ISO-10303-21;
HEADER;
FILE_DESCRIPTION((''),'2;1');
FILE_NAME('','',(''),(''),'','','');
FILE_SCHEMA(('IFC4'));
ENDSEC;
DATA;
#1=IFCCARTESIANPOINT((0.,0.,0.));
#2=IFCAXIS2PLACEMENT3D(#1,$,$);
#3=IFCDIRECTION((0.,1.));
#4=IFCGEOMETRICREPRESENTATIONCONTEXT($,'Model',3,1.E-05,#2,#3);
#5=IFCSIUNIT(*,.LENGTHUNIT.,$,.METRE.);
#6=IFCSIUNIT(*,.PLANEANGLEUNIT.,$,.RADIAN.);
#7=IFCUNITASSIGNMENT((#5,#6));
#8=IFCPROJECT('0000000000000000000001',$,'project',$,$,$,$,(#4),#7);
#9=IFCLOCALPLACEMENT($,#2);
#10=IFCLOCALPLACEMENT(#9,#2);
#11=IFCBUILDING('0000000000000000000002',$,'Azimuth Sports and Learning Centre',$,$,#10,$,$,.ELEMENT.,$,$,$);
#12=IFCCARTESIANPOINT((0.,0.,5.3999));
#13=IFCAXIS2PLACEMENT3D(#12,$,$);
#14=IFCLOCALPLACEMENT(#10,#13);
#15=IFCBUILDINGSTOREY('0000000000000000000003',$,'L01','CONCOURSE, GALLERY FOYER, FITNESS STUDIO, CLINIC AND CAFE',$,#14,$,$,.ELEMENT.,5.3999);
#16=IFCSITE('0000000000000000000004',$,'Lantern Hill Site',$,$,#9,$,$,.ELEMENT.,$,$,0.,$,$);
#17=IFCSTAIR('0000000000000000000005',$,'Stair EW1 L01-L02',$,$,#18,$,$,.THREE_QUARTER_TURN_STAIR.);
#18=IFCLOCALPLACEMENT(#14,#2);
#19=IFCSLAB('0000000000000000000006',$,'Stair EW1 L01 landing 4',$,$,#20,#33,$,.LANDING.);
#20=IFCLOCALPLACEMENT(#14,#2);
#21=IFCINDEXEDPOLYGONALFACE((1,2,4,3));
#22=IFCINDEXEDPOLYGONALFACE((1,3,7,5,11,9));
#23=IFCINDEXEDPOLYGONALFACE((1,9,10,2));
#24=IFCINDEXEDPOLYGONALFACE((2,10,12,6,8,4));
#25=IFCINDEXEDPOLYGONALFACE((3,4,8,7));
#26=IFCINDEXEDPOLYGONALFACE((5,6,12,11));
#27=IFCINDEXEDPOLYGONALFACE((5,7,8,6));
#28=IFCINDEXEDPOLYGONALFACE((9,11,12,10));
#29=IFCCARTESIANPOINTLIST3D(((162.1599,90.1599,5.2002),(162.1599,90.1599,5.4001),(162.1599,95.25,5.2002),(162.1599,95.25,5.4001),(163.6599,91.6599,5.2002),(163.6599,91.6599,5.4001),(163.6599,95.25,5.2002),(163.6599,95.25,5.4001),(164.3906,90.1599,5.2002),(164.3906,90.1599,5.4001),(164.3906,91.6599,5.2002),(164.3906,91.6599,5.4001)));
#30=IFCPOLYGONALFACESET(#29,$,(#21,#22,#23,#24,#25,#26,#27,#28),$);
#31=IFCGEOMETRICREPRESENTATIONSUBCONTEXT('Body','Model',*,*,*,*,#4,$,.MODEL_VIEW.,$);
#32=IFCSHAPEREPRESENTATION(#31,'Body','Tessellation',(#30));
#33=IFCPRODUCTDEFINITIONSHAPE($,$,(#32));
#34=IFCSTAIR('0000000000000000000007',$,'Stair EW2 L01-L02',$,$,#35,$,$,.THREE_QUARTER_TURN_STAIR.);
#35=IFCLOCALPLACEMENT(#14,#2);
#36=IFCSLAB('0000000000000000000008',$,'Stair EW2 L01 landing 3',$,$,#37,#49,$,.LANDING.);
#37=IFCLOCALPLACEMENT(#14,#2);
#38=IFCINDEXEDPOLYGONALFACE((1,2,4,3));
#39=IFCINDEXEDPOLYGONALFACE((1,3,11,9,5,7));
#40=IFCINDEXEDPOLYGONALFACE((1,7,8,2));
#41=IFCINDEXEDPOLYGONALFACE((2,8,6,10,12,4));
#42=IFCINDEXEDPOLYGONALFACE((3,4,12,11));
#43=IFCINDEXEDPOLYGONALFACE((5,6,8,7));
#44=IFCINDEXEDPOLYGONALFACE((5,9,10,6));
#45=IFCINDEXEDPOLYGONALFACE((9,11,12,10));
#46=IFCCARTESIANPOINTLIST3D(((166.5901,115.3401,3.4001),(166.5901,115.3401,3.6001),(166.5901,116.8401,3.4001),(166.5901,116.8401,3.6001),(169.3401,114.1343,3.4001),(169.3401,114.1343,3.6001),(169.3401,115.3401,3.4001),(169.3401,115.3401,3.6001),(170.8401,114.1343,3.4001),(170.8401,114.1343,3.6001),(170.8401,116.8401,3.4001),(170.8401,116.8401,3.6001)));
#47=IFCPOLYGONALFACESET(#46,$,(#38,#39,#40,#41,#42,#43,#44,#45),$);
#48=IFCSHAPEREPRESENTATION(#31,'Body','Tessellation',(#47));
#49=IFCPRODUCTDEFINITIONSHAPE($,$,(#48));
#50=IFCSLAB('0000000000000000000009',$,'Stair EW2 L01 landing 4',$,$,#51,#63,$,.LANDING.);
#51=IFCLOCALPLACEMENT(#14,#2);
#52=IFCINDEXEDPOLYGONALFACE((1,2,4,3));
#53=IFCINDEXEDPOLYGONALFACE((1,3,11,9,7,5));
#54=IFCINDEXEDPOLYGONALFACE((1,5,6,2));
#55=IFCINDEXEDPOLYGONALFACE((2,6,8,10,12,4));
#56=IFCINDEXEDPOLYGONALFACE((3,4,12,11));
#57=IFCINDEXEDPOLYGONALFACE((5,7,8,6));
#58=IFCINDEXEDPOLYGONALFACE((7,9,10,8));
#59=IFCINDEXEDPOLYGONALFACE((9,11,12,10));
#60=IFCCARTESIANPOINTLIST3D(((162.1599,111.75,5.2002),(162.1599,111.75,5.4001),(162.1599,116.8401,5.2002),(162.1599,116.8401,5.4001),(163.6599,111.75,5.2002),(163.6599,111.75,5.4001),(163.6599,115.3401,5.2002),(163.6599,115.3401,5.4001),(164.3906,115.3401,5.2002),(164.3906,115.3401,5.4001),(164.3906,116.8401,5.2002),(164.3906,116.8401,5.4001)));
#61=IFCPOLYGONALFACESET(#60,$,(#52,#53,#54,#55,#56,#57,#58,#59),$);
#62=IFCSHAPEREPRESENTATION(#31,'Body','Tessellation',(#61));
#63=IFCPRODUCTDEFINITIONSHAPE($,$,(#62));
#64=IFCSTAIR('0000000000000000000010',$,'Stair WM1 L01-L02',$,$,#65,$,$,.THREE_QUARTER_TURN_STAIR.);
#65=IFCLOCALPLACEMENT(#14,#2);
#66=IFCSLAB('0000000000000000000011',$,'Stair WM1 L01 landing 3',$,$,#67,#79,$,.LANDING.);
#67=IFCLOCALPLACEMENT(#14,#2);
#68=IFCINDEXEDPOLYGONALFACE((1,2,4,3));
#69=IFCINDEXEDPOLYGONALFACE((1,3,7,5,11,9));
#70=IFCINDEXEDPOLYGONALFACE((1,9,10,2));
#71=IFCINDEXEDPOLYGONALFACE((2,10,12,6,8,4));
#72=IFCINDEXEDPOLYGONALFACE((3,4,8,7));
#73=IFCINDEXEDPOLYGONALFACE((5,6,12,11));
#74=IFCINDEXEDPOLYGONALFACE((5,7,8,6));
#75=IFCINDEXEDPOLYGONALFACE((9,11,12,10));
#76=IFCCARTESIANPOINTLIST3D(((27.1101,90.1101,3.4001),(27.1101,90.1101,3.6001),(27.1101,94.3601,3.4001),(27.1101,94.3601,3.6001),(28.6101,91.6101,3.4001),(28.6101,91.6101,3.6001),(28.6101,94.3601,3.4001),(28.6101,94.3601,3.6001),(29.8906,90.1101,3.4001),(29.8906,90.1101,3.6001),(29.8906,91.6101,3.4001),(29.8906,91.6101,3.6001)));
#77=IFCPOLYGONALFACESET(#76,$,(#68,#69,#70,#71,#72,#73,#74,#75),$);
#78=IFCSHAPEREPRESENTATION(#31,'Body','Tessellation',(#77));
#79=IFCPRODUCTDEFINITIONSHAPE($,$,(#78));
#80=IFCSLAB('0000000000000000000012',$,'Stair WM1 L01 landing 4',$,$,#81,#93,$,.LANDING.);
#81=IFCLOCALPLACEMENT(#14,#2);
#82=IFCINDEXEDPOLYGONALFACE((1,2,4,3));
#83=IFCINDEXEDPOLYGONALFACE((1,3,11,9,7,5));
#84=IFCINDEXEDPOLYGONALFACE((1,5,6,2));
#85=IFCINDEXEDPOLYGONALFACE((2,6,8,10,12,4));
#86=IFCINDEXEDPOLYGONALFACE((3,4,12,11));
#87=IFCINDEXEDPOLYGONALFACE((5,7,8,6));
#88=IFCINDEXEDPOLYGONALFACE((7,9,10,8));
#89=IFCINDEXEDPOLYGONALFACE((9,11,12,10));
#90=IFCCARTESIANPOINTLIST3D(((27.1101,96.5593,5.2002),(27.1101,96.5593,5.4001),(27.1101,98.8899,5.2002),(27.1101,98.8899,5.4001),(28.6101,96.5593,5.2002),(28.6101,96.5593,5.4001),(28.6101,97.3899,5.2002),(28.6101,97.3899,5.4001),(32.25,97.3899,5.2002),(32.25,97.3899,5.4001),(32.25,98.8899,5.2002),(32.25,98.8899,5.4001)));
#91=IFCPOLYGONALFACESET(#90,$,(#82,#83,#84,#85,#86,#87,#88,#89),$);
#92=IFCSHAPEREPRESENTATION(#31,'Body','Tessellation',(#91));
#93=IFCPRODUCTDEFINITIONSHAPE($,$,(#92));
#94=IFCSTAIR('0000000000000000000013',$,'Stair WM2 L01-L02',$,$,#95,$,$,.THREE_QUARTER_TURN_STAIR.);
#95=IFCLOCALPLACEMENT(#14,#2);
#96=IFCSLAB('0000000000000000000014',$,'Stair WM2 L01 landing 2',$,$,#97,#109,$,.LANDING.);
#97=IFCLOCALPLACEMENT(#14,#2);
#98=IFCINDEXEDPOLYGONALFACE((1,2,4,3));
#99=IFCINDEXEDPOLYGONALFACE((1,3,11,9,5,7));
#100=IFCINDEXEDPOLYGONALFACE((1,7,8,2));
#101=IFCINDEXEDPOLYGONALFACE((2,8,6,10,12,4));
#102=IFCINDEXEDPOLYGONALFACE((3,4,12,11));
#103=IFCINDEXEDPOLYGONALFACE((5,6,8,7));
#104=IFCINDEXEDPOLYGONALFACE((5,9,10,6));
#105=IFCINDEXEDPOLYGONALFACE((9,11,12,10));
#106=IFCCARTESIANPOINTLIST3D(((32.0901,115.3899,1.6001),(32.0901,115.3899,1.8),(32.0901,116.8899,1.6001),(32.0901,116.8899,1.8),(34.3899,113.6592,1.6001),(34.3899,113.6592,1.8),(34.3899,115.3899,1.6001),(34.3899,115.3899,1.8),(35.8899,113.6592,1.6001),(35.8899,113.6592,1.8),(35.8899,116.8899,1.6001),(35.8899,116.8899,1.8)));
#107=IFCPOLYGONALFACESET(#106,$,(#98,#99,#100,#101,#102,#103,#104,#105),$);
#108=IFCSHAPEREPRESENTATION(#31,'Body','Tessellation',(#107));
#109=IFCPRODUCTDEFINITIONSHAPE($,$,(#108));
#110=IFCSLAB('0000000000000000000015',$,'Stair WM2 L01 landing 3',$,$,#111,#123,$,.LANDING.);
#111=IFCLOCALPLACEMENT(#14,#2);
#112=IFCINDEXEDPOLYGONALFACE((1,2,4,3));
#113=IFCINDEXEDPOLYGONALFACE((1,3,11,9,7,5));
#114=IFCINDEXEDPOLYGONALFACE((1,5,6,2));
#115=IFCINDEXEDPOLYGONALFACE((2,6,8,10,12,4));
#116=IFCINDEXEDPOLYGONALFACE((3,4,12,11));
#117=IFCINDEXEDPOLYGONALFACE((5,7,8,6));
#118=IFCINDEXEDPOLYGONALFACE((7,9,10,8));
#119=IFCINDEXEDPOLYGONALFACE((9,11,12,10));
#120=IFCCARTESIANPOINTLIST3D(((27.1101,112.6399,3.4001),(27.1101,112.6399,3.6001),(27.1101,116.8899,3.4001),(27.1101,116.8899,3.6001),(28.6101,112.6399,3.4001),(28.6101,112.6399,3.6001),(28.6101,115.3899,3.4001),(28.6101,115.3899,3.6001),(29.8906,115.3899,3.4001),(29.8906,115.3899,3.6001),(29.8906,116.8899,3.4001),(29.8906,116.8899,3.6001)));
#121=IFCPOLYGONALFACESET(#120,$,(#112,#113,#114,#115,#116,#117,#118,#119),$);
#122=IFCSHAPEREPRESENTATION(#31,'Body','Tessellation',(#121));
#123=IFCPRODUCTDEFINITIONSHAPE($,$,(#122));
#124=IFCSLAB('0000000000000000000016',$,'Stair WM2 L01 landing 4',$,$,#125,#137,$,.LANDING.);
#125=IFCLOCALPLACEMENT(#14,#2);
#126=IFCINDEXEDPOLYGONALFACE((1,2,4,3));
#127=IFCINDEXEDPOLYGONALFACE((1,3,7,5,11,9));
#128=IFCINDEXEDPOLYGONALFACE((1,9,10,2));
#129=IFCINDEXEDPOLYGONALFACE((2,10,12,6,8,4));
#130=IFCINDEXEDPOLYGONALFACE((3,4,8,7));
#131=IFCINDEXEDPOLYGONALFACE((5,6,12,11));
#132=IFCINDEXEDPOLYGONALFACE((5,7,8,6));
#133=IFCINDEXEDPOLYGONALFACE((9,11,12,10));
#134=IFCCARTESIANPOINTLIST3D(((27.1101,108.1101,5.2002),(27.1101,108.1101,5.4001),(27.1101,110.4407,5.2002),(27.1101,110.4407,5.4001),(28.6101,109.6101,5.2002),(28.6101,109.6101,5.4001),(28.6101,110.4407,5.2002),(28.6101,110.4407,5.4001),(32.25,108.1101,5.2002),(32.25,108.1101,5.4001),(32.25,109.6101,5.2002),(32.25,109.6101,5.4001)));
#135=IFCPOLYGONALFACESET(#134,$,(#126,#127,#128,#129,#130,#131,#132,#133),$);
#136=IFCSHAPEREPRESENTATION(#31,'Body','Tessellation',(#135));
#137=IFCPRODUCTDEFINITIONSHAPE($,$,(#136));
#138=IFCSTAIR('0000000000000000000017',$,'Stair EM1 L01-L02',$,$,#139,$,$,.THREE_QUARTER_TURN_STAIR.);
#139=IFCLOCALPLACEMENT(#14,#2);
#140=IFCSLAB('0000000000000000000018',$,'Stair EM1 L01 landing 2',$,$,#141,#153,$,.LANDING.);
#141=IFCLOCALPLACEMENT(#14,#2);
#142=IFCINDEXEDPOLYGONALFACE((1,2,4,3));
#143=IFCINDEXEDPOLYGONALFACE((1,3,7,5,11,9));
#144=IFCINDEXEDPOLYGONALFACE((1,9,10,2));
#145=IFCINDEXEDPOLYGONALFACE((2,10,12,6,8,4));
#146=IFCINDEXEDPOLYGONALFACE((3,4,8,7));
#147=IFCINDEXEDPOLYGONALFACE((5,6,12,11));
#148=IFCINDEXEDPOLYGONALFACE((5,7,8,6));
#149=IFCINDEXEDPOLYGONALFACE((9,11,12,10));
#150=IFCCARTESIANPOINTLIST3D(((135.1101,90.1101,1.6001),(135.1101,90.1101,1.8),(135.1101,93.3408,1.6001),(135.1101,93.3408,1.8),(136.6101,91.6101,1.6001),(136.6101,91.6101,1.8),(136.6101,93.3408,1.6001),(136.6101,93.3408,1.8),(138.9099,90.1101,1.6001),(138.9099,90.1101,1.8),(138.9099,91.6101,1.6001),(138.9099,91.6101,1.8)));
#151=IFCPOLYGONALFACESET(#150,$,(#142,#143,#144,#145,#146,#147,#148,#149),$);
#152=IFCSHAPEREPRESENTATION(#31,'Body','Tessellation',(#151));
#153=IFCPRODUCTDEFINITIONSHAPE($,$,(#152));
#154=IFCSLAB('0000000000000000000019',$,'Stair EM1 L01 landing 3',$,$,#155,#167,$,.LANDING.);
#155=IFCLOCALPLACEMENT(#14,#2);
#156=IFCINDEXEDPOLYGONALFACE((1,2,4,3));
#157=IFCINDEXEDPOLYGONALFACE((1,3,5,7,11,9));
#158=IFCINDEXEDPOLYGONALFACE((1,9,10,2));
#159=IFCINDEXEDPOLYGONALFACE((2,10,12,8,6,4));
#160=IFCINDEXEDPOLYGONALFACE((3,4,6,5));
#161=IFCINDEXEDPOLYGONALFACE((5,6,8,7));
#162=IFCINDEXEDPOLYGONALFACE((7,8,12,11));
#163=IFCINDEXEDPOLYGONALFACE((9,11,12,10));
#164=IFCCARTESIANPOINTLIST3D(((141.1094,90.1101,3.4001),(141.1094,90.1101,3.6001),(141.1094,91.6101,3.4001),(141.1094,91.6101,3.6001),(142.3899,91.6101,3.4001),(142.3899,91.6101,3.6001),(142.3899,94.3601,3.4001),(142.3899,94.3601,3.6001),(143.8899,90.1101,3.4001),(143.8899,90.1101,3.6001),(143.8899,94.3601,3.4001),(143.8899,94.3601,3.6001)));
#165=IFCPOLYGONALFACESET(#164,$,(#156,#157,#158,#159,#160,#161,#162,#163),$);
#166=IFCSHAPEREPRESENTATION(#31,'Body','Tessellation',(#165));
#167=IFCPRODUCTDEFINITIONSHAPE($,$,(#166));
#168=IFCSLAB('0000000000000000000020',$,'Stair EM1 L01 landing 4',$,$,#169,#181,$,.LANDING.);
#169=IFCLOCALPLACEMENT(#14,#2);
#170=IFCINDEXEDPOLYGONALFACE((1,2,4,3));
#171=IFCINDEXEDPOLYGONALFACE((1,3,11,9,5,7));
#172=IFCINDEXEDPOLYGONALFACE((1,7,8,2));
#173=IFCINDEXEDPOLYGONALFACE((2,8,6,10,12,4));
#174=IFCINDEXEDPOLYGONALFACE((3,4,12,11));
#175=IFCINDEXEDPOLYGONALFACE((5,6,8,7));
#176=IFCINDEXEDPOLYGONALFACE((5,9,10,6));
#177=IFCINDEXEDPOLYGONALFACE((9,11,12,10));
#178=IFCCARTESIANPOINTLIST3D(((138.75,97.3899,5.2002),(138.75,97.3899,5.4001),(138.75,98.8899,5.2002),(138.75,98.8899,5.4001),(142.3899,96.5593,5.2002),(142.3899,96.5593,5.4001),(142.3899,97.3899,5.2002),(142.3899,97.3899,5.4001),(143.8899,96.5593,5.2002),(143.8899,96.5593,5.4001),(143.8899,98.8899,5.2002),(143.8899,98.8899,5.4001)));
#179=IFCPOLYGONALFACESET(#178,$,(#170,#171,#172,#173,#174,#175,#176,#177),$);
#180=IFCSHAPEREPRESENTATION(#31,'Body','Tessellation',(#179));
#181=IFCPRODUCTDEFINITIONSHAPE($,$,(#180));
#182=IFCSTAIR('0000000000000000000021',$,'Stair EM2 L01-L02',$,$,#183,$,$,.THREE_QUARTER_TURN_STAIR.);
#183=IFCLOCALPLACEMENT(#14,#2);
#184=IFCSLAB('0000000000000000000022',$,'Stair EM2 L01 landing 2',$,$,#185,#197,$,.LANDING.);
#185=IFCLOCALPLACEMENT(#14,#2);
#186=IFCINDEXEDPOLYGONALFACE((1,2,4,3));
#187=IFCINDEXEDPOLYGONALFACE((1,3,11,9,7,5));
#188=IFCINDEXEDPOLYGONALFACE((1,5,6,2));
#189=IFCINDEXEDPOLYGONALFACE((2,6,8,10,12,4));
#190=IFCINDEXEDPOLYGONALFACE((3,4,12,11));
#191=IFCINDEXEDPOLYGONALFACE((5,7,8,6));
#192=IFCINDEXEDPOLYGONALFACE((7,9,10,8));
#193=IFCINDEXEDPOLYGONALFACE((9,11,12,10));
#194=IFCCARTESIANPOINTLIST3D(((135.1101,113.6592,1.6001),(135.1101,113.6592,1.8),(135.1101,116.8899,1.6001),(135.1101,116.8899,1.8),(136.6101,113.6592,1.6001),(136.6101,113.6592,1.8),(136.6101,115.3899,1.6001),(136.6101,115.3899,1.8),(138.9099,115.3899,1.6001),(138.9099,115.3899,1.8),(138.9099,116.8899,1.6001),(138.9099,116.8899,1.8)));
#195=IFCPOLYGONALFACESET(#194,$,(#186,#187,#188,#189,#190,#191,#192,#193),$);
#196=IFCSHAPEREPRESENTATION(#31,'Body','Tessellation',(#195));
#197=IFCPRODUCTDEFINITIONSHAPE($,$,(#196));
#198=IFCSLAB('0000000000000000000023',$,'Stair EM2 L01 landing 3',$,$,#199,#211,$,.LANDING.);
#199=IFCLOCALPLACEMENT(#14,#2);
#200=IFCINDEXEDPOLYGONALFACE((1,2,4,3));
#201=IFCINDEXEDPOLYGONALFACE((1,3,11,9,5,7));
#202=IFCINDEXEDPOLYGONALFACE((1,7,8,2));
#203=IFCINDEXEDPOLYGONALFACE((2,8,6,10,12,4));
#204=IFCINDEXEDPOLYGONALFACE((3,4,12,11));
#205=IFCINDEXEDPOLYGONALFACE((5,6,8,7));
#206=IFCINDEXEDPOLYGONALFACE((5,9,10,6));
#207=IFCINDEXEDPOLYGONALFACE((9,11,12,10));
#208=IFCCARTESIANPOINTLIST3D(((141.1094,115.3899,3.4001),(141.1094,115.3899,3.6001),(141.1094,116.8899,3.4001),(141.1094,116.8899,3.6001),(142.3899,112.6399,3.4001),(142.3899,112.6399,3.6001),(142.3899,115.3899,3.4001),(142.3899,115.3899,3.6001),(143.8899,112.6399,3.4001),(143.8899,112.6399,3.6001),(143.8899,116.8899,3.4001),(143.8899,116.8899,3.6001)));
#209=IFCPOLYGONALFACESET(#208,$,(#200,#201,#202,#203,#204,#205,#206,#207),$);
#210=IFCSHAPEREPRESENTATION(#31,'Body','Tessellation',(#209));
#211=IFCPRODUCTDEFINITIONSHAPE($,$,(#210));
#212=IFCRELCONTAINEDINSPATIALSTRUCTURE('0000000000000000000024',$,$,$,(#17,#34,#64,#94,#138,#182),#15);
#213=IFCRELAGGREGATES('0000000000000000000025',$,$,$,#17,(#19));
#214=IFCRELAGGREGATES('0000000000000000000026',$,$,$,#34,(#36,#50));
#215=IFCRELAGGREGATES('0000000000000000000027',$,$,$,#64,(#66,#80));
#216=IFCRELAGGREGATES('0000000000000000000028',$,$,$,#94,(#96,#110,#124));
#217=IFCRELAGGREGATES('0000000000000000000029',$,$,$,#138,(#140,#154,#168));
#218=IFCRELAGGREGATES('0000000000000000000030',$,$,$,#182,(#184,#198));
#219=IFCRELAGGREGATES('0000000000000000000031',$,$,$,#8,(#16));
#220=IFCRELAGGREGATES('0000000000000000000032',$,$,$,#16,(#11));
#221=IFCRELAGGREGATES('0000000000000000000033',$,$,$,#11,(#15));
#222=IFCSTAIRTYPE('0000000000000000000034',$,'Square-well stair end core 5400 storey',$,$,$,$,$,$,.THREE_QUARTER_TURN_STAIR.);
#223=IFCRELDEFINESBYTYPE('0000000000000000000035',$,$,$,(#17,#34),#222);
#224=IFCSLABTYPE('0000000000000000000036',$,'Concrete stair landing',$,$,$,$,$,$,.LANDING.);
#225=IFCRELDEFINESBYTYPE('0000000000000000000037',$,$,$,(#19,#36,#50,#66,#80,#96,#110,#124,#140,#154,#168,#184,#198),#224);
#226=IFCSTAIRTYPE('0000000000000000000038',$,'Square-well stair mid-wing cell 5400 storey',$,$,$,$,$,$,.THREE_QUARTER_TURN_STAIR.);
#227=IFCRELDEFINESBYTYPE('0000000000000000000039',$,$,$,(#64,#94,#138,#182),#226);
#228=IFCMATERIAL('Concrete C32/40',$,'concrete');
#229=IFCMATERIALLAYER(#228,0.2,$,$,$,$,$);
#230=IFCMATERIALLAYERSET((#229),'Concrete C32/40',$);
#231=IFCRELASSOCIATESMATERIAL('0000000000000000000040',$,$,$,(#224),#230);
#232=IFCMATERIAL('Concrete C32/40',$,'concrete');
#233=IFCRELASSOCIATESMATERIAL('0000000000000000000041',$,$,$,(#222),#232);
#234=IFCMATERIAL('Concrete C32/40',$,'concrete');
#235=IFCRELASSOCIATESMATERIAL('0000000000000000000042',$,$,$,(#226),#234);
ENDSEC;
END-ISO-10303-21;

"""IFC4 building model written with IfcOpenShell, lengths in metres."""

from ifc_helpers import new_model, si_unit, direction, frame, origin, place, context, subcontext, project, spatial, polyline, outline, extrude, material, layer, layer_set, type_object, element, aggregate, save


model = new_model("IFC4")

# Units and contexts
model_context = context("Model", 3, precision=1e-05, world=origin(), true_north=direction((0.0, 1.0)))
body_context = subcontext(model_context, "Body", "Model", "MODEL_VIEW")
ifc_project = project(units=[si_unit("LENGTHUNIT", "METRE"), si_unit("PLANEANGLEUNIT", "RADIAN")], contexts=[model_context])

# Site, building, storey
site_placement = place(None, origin())
site = spatial("IfcSite", under=ifc_project, at=site_placement, Name="Lantern Hill Site", CompositionType="ELEMENT", RefElevation=0.0)
building_placement = place(site_placement, origin())
building = spatial("IfcBuilding", under=site, at=building_placement, Name="Azimuth Sports and Learning Centre", CompositionType="ELEMENT")
storey_placement = place(building_placement, frame((0.0, 0.0, 5.3999)))
storey = spatial("IfcBuildingStorey", under=building, at=storey_placement, Name="L01", Description="CONCOURSE, GALLERY FOYER, FITNESS STUDIO, CLINIC AND CAFE", CompositionType="ELEMENT", Elevation=5.3999)

# Stairs, slabs
ifc_material_1 = material(Name="Concrete C32/40", Category="concrete")
ifc_layer = layer(ifc_material_1, 0.2)
ifc_layer_set = layer_set([ifc_layer], Name="Concrete C32/40")
slab_type = type_object("IfcSlabType", Name="Concrete stair landing", PredefinedType="LANDING", material=ifc_layer_set)
ifc_material_2 = material(Name="Concrete C32/40", Category="concrete")
stair_type_1 = type_object("IfcStairType", Name="Square-well stair end core 5400 storey", PredefinedType="THREE_QUARTER_TURN_STAIR", material=ifc_material_2)
stair_1_placement = place(storey_placement, origin())
stair_1 = element("IfcStair", 1, at=stair_1_placement, inside=storey, type_object=stair_type_1, Name="Stair EW1 L01-L02", PredefinedType="THREE_QUARTER_TURN_STAIR")
slab_1_placement = place(storey_placement, frame((0.0, 0.0, 5.2002)))
slab_1 = element("IfcSlab", 2, at=slab_1_placement, type_object=slab_type, Name="Stair EW1 L01 landing 4", PredefinedType="LANDING", context=body_context, shape_type="SweptSolid", body=[
    extrude(outline(polyline([(163.6599, 91.6599), (163.6599, 95.25), (162.1599, 95.25), (162.1599, 90.1599), (164.3906, 90.1599), (164.3906, 91.6599), (163.6599, 91.6599)])), origin(), (0.0, 0.0, 1.0), 0.2),
])
aggregate(stair_1, [slab_1])
stair_2_placement = place(storey_placement, origin())
stair_2 = element("IfcStair", 3, at=stair_2_placement, inside=storey, type_object=stair_type_1, Name="Stair EW2 L01-L02", PredefinedType="THREE_QUARTER_TURN_STAIR")
slab_2_placement = place(storey_placement, frame((0.0, 0.0, 3.4001)))
slab_2 = element("IfcSlab", 4, at=slab_2_placement, type_object=slab_type, Name="Stair EW2 L01 landing 3", PredefinedType="LANDING", context=body_context, shape_type="SweptSolid", body=[
    extrude(outline(polyline([(169.3401, 115.3401), (169.3401, 114.1343), (170.8401, 114.1343), (170.8401, 116.8401), (166.5901, 116.8401), (166.5901, 115.3401), (169.3401, 115.3401)])), origin(), (0.0, 0.0, 1.0), 0.2),
])
slab_3_placement = place(storey_placement, frame((0.0, 0.0, 5.2002)))
slab_3 = element("IfcSlab", 5, at=slab_3_placement, type_object=slab_type, Name="Stair EW2 L01 landing 4", PredefinedType="LANDING", context=body_context, shape_type="SweptSolid", body=[
    extrude(outline(polyline([(163.6599, 115.3401), (164.3906, 115.3401), (164.3906, 116.8401), (162.1599, 116.8401), (162.1599, 111.75), (163.6599, 111.75), (163.6599, 115.3401)])), origin(), (0.0, 0.0, 1.0), 0.2),
])
aggregate(stair_2, [slab_2, slab_3])
ifc_material_3 = material(Name="Concrete C32/40", Category="concrete")
stair_type_2 = type_object("IfcStairType", Name="Square-well stair mid-wing cell 5400 storey", PredefinedType="THREE_QUARTER_TURN_STAIR", material=ifc_material_3)
stair_3_placement = place(storey_placement, origin())
stair_3 = element("IfcStair", 6, at=stair_3_placement, inside=storey, type_object=stair_type_2, Name="Stair WM1 L01-L02", PredefinedType="THREE_QUARTER_TURN_STAIR")
slab_4_placement = place(storey_placement, frame((0.0, 0.0, 3.4001)))
slab_4 = element("IfcSlab", 7, at=slab_4_placement, type_object=slab_type, Name="Stair WM1 L01 landing 3", PredefinedType="LANDING", context=body_context, shape_type="SweptSolid", body=[
    extrude(outline(polyline([(28.6101, 91.6101), (28.6101, 94.3601), (27.1101, 94.3601), (27.1101, 90.1101), (29.8906, 90.1101), (29.8906, 91.6101), (28.6101, 91.6101)])), origin(), (0.0, 0.0, 1.0), 0.2),
])
slab_5_placement = place(storey_placement, frame((0.0, 0.0, 5.2002)))
slab_5 = element("IfcSlab", 8, at=slab_5_placement, type_object=slab_type, Name="Stair WM1 L01 landing 4", PredefinedType="LANDING", context=body_context, shape_type="SweptSolid", body=[
    extrude(outline(polyline([(28.6101, 97.3899), (32.25, 97.3899), (32.25, 98.8899), (27.1101, 98.8899), (27.1101, 96.5593), (28.6101, 96.5593), (28.6101, 97.3899)])), origin(), (0.0, 0.0, 1.0), 0.2),
])
aggregate(stair_3, [slab_4, slab_5])
stair_4_placement = place(storey_placement, origin())
stair_4 = element("IfcStair", 9, at=stair_4_placement, inside=storey, type_object=stair_type_2, Name="Stair WM2 L01-L02", PredefinedType="THREE_QUARTER_TURN_STAIR")
slab_6_placement = place(storey_placement, frame((0.0, 0.0, 1.6001)))
slab_6 = element("IfcSlab", 10, at=slab_6_placement, type_object=slab_type, Name="Stair WM2 L01 landing 2", PredefinedType="LANDING", context=body_context, shape_type="SweptSolid", body=[
    extrude(outline(polyline([(34.3899, 115.3899), (34.3899, 113.6592), (35.8899, 113.6592), (35.8899, 116.8899), (32.0901, 116.8899), (32.0901, 115.3899), (34.3899, 115.3899)])), origin(), (0.0, 0.0, 1.0), 0.2),
])
slab_7_placement = place(storey_placement, frame((0.0, 0.0, 3.4001)))
slab_7 = element("IfcSlab", 11, at=slab_7_placement, type_object=slab_type, Name="Stair WM2 L01 landing 3", PredefinedType="LANDING", context=body_context, shape_type="SweptSolid", body=[
    extrude(outline(polyline([(28.6101, 115.3899), (29.8906, 115.3899), (29.8906, 116.8899), (27.1101, 116.8899), (27.1101, 112.6399), (28.6101, 112.6399), (28.6101, 115.3899)])), origin(), (0.0, 0.0, 1.0), 0.2),
])
slab_8_placement = place(storey_placement, frame((0.0, 0.0, 5.2002)))
slab_8 = element("IfcSlab", 12, at=slab_8_placement, type_object=slab_type, Name="Stair WM2 L01 landing 4", PredefinedType="LANDING", context=body_context, shape_type="SweptSolid", body=[
    extrude(outline(polyline([(28.6101, 109.6101), (28.6101, 110.4407), (27.1101, 110.4407), (27.1101, 108.1101), (32.25, 108.1101), (32.25, 109.6101), (28.6101, 109.6101)])), origin(), (0.0, 0.0, 1.0), 0.2),
])
aggregate(stair_4, [slab_6, slab_7, slab_8])
stair_5_placement = place(storey_placement, origin())
stair_5 = element("IfcStair", 13, at=stair_5_placement, inside=storey, type_object=stair_type_2, Name="Stair EM1 L01-L02", PredefinedType="THREE_QUARTER_TURN_STAIR")
slab_9_placement = place(storey_placement, frame((0.0, 0.0, 1.6001)))
slab_9 = element("IfcSlab", 14, at=slab_9_placement, type_object=slab_type, Name="Stair EM1 L01 landing 2", PredefinedType="LANDING", context=body_context, shape_type="SweptSolid", body=[
    extrude(outline(polyline([(136.6101, 91.6101), (136.6101, 93.3408), (135.1101, 93.3408), (135.1101, 90.1101), (138.9099, 90.1101), (138.9099, 91.6101), (136.6101, 91.6101)])), origin(), (0.0, 0.0, 1.0), 0.2),
])
slab_10_placement = place(storey_placement, frame((0.0, 0.0, 3.4001)))
slab_10 = element("IfcSlab", 15, at=slab_10_placement, type_object=slab_type, Name="Stair EM1 L01 landing 3", PredefinedType="LANDING", context=body_context, shape_type="SweptSolid", body=[
    extrude(outline(polyline([(142.3899, 91.6101), (141.1094, 91.6101), (141.1094, 90.1101), (143.8899, 90.1101), (143.8899, 94.3601), (142.3899, 94.3601), (142.3899, 91.6101)])), origin(), (0.0, 0.0, 1.0), 0.2),
])
slab_11_placement = place(storey_placement, frame((0.0, 0.0, 5.2002)))
slab_11 = element("IfcSlab", 16, at=slab_11_placement, type_object=slab_type, Name="Stair EM1 L01 landing 4", PredefinedType="LANDING", context=body_context, shape_type="SweptSolid", body=[
    extrude(outline(polyline([(142.3899, 97.3899), (142.3899, 96.5593), (143.8899, 96.5593), (143.8899, 98.8899), (138.75, 98.8899), (138.75, 97.3899), (142.3899, 97.3899)])), origin(), (0.0, 0.0, 1.0), 0.2),
])
aggregate(stair_5, [slab_9, slab_10, slab_11])
stair_6_placement = place(storey_placement, origin())
stair_6 = element("IfcStair", 17, at=stair_6_placement, inside=storey, type_object=stair_type_2, Name="Stair EM2 L01-L02", PredefinedType="THREE_QUARTER_TURN_STAIR")
slab_12_placement = place(storey_placement, frame((0.0, 0.0, 1.6001)))
slab_12 = element("IfcSlab", 18, at=slab_12_placement, type_object=slab_type, Name="Stair EM2 L01 landing 2", PredefinedType="LANDING", context=body_context, shape_type="SweptSolid", body=[
    extrude(outline(polyline([(136.6101, 115.3899), (138.9099, 115.3899), (138.9099, 116.8899), (135.1101, 116.8899), (135.1101, 113.6592), (136.6101, 113.6592), (136.6101, 115.3899)])), origin(), (0.0, 0.0, 1.0), 0.2),
])
slab_13_placement = place(storey_placement, frame((0.0, 0.0, 3.4001)))
slab_13 = element("IfcSlab", 19, at=slab_13_placement, type_object=slab_type, Name="Stair EM2 L01 landing 3", PredefinedType="LANDING", context=body_context, shape_type="SweptSolid", body=[
    extrude(outline(polyline([(142.3899, 115.3899), (142.3899, 112.6399), (143.8899, 112.6399), (143.8899, 116.8899), (141.1094, 116.8899), (141.1094, 115.3899), (142.3899, 115.3899)])), origin(), (0.0, 0.0, 1.0), 0.2),
])
aggregate(stair_6, [slab_12, slab_13])

save(model, "model.ifc")
